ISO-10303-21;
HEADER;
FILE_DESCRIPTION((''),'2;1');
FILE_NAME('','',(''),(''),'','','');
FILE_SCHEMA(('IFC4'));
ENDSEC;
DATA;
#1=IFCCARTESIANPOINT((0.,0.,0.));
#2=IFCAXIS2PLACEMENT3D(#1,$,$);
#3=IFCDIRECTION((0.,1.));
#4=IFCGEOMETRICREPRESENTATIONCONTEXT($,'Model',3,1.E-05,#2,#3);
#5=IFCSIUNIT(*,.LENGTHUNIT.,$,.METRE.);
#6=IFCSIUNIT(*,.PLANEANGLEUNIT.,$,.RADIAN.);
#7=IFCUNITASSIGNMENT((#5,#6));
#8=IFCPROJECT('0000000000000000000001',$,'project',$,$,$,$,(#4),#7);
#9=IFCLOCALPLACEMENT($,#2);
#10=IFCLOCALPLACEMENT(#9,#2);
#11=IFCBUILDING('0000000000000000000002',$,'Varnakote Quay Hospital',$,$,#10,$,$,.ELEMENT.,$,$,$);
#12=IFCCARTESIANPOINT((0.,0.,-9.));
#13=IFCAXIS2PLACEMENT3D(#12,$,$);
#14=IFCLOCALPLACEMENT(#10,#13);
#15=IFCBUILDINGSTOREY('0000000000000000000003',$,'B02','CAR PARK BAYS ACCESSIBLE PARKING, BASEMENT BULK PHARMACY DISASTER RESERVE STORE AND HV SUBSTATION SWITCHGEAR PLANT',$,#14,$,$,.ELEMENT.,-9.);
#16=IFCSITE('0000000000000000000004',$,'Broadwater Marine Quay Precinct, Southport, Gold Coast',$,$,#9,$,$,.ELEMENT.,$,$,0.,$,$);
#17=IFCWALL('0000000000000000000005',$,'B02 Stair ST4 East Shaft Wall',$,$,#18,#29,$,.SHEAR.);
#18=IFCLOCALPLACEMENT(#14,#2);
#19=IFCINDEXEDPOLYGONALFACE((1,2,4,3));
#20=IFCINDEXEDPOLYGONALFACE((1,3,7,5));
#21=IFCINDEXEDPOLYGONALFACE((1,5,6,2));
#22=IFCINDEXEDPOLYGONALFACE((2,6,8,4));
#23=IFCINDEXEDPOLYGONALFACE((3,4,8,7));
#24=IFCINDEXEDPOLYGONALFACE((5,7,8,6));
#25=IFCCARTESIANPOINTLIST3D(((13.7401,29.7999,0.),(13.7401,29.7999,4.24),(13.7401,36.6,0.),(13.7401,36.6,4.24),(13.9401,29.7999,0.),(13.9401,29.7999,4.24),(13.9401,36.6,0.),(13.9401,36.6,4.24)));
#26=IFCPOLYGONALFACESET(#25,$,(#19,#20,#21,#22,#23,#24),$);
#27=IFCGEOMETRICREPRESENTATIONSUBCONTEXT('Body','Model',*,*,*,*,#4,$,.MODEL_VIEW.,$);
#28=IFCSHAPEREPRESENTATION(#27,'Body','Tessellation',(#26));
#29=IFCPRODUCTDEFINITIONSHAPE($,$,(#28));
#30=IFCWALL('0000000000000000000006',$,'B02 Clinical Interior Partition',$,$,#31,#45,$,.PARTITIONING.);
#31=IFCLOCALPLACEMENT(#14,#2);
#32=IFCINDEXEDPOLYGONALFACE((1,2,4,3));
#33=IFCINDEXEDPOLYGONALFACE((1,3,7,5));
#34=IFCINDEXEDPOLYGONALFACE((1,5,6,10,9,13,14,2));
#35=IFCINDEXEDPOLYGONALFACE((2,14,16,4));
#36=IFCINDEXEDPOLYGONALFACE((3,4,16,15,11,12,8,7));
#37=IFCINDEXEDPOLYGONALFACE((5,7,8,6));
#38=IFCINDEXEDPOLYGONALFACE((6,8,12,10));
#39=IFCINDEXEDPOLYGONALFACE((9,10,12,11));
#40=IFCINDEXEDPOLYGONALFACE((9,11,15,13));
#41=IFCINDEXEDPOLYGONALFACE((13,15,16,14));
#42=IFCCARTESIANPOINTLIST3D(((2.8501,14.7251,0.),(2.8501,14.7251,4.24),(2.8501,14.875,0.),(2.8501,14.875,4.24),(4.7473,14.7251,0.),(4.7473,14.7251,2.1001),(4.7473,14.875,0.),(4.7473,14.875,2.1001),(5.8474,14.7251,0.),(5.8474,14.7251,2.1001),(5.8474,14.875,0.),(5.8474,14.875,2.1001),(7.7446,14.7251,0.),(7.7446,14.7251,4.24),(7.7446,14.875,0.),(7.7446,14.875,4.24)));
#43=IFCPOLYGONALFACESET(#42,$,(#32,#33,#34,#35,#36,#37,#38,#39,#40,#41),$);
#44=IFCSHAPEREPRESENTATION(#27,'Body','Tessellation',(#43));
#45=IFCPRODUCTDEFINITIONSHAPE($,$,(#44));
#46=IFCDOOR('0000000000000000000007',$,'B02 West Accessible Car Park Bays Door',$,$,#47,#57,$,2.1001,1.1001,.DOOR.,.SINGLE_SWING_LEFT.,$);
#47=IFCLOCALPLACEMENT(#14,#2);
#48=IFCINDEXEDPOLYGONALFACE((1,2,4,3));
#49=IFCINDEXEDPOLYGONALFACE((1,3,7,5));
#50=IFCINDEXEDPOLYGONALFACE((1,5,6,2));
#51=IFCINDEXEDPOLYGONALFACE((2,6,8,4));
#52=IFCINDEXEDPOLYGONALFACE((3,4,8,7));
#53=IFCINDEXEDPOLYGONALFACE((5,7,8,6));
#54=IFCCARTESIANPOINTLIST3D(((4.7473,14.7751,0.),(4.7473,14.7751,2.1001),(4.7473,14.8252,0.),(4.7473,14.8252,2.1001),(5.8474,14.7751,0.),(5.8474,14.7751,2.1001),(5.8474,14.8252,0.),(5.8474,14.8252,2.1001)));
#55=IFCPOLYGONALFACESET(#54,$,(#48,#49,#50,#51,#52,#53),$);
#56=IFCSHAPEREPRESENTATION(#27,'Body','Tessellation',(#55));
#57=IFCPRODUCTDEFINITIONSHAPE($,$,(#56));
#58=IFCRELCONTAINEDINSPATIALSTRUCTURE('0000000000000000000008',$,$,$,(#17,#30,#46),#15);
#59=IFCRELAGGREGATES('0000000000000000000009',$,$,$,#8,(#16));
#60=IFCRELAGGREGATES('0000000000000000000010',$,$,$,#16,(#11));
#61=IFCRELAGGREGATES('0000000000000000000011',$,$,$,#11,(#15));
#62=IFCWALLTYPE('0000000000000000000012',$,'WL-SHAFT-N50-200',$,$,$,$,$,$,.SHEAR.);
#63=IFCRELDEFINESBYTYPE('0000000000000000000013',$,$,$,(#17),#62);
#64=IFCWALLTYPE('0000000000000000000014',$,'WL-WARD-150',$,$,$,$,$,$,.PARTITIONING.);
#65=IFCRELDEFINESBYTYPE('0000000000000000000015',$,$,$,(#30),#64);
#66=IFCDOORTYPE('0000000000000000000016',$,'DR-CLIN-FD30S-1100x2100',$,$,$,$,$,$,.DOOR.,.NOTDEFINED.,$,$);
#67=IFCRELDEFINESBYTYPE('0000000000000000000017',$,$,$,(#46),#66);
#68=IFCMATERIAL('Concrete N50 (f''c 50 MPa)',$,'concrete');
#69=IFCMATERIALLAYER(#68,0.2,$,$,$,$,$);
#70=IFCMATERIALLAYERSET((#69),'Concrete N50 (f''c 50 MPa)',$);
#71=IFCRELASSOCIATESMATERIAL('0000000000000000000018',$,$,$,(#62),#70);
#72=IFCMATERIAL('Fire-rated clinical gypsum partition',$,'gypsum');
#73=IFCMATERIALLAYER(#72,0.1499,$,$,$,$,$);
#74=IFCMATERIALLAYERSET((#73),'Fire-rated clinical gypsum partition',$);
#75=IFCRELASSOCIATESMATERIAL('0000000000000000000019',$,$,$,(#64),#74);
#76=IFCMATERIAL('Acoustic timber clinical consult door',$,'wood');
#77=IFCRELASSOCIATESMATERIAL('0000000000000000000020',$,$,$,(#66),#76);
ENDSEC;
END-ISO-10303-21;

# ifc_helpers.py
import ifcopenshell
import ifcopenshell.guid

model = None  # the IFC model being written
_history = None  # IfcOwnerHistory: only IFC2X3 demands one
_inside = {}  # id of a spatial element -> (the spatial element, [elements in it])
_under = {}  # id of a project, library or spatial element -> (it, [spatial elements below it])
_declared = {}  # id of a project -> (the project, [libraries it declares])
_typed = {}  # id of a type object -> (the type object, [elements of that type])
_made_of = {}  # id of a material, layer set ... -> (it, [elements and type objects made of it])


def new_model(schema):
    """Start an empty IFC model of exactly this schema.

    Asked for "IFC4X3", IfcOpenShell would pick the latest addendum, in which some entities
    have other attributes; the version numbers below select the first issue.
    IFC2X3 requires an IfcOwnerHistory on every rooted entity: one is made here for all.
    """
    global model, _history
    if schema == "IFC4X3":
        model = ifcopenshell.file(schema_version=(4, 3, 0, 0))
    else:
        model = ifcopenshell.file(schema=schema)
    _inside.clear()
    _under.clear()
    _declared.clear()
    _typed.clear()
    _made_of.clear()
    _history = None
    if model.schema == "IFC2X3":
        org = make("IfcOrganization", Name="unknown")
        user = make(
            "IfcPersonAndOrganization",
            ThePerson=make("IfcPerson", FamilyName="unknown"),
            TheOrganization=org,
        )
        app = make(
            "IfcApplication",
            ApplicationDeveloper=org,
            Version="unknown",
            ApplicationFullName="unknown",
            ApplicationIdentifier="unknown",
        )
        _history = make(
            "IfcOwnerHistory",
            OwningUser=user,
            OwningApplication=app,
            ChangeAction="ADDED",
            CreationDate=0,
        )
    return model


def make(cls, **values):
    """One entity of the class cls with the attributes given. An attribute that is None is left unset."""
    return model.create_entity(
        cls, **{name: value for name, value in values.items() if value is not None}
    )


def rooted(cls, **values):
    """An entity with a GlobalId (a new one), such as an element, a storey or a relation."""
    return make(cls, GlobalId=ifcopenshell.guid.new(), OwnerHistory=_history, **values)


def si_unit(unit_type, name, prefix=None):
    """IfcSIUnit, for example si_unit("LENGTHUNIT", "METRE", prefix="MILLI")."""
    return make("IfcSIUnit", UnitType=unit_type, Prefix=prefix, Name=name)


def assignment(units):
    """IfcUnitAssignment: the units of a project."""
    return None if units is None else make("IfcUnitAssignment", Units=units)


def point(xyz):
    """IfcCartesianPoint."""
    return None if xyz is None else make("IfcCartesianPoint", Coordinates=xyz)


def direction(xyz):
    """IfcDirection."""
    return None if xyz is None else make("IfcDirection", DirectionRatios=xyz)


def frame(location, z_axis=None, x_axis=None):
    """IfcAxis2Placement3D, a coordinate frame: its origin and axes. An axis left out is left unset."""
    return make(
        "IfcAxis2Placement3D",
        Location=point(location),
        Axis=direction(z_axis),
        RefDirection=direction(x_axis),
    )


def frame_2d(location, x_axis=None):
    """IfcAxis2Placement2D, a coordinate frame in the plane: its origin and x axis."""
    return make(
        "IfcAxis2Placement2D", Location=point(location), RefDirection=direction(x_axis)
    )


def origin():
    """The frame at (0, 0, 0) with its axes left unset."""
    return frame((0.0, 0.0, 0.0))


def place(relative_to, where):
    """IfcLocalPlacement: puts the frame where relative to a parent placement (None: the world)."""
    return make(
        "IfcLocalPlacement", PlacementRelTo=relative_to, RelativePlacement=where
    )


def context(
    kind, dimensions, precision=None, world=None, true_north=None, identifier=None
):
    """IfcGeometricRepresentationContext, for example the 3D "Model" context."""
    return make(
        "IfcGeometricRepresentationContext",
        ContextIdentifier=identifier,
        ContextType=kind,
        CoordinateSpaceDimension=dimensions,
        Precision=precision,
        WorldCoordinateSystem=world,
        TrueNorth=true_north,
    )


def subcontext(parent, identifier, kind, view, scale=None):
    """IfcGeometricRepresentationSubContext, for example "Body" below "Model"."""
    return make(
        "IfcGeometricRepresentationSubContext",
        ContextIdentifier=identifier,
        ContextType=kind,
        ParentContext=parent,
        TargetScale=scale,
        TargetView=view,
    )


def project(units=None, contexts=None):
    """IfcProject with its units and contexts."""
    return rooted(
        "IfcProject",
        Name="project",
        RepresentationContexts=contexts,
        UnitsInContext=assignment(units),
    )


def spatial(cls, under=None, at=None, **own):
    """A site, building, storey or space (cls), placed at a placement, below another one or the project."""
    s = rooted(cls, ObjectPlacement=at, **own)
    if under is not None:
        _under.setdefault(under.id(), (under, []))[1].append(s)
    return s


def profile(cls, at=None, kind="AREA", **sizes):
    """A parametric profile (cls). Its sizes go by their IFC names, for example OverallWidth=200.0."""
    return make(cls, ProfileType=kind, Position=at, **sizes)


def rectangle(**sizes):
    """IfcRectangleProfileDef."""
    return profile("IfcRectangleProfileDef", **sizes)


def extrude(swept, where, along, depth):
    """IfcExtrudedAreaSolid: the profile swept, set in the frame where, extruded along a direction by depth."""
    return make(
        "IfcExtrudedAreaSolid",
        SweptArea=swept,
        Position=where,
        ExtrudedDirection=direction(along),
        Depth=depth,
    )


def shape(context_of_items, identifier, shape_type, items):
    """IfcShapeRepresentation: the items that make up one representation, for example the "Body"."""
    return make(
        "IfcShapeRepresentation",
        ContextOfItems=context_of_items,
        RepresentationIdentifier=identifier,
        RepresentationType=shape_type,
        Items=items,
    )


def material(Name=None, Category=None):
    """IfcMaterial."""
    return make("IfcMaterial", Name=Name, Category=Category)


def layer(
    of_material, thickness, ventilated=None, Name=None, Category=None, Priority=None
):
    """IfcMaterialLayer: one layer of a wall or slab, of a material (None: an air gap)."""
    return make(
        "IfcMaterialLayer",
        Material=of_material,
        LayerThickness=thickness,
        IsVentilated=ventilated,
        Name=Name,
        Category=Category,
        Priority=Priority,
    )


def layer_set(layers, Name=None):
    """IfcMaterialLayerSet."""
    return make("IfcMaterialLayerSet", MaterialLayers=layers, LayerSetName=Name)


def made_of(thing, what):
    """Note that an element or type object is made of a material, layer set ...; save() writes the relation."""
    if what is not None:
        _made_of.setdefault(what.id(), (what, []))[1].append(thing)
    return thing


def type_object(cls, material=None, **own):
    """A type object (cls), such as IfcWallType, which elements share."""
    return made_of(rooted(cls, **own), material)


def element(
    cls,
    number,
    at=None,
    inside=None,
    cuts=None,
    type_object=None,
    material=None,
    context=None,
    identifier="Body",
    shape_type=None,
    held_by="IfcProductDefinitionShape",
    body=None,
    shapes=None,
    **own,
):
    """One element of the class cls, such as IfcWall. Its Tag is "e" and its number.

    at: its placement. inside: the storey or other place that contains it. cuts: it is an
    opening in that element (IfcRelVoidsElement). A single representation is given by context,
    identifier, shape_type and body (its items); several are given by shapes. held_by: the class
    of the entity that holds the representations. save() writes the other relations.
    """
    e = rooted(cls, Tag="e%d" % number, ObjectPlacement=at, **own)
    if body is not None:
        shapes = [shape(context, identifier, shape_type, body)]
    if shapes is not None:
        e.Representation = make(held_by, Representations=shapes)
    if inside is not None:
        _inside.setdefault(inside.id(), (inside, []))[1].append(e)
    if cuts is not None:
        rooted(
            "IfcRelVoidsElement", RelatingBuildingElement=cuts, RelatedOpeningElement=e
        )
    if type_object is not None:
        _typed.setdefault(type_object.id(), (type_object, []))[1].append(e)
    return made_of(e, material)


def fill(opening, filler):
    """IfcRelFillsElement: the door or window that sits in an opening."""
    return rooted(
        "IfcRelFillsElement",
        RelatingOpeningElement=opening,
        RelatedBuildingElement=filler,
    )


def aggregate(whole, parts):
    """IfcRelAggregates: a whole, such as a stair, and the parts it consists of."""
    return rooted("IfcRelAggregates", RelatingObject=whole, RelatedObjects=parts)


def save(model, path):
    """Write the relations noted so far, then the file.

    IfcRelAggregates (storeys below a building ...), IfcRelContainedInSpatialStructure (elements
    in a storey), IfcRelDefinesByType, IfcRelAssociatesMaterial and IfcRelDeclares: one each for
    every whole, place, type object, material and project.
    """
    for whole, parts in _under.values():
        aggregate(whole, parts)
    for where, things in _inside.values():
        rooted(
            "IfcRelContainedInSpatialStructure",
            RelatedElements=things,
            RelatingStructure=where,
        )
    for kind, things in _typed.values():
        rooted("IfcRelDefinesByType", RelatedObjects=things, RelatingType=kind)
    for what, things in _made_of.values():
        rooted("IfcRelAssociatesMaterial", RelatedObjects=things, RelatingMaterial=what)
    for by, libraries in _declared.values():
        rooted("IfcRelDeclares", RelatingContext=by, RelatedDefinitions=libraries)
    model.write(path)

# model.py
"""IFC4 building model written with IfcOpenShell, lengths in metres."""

from ifc_helpers import new_model, si_unit, direction, frame, frame_2d, origin, place, context, subcontext, project, spatial, rectangle, extrude, material, layer, layer_set, type_object, element, fill, save


model = new_model("IFC4")

# Units and contexts
model_context = context("Model", 3, precision=1e-05, world=origin(), true_north=direction((0.0, 1.0)))
body_context = subcontext(model_context, "Body", "Model", "MODEL_VIEW")
ifc_project = project(units=[si_unit("LENGTHUNIT", "METRE"), si_unit("PLANEANGLEUNIT", "RADIAN")], contexts=[model_context])

# Site, building, storey
site_placement = place(None, origin())
site = spatial("IfcSite", under=ifc_project, at=site_placement, Name="Broadwater Marine Quay Precinct, Southport, Gold Coast", CompositionType="ELEMENT", RefElevation=0.0)
building_placement = place(site_placement, origin())
building = spatial("IfcBuilding", under=site, at=building_placement, Name="Varnakote Quay Hospital", CompositionType="ELEMENT")
storey_placement = place(building_placement, frame((0.0, 0.0, -9.0)))
storey = spatial("IfcBuildingStorey", under=building, at=storey_placement, Name="B02", Description="CAR PARK BAYS ACCESSIBLE PARKING, BASEMENT BULK PHARMACY DISASTER RESERVE STORE AND HV SUBSTATION SWITCHGEAR PLANT", CompositionType="ELEMENT", Elevation=-9.0)

# Wall
ifc_material_1 = material(Name="Concrete N50 (f'c 50 MPa)", Category="concrete")
ifc_layer_1 = layer(ifc_material_1, 0.2)
ifc_layer_set_1 = layer_set([ifc_layer_1], Name="Concrete N50 (f'c 50 MPa)")
wall_type_1 = type_object("IfcWallType", Name="WL-SHAFT-N50-200", PredefinedType="SHEAR", material=ifc_layer_set_1)
for number, where, z_axis, x_axis, name in (
    (1, (13.8401, 29.8, 0.0), (0.0, 0.0, 1.0), (0.0, 1.0, 0.0), "B02 Stair ST4 East Shaft Wall"),
):
    element("IfcWall", number, at=place(storey_placement, frame(where, z_axis=z_axis, x_axis=x_axis)), inside=storey, type_object=wall_type_1, Name=name, PredefinedType="SHEAR", context=body_context, shape_type="SweptSolid", body=[
        extrude(rectangle(XDim=6.8, YDim=0.2, at=frame_2d((3.3999, 0.0))), origin(), (0.0, 0.0, 1.0), 4.24),
    ])

# Wall, opening, door
ifc_material_2 = material(Name="Fire-rated clinical gypsum partition", Category="gypsum")
ifc_layer_2 = layer(ifc_material_2, 0.1499)
ifc_layer_set_2 = layer_set([ifc_layer_2], Name="Fire-rated clinical gypsum partition")
wall_type_2 = type_object("IfcWallType", Name="WL-WARD-150", PredefinedType="PARTITIONING", material=ifc_layer_set_2)
wall_1_placement = place(storey_placement, frame((7.7446, 14.8, 0.0), z_axis=(0.0, 0.0, 1.0), x_axis=(-1.0, 0.0, 0.0)))
wall_1 = element("IfcWall", 2, at=wall_1_placement, inside=storey, type_object=wall_type_2, Name="B02 Clinical Interior Partition", PredefinedType="PARTITIONING", context=body_context, shape_type="SweptSolid", body=[
    extrude(rectangle(XDim=4.8945, YDim=0.1499, at=frame_2d((2.4473, 0.0))), origin(), (0.0, 0.0, 1.0), 4.24),
])
opening_placement = place(wall_1_placement, frame((1.8972, 0.0, 0.0)))
opening = element("IfcOpeningElement", 3, at=opening_placement, cuts=wall_1, PredefinedType="OPENING", context=body_context, shape_type="SweptSolid", body=[
    extrude(rectangle(XDim=1.1001, YDim=2.1001, at=frame_2d((0.55, 1.05))), frame((0.0, 0.085, 0.0), z_axis=(0.0, -1.0, 0.0), x_axis=(1.0, 0.0, 0.0)), (0.0, 0.0, 1.0), 0.1699),
])
ifc_material_3 = material(Name="Acoustic timber clinical consult door", Category="wood")
door_type = type_object("IfcDoorType", Name="DR-CLIN-FD30S-1100x2100", OperationType="NOTDEFINED", PredefinedType="DOOR", material=ifc_material_3)
door_placement = place(opening_placement, origin())
door = element("IfcDoor", 4, at=door_placement, inside=storey, type_object=door_type, Name="B02 West Accessible Car Park Bays Door", OperationType="SINGLE_SWING_LEFT", OverallHeight=2.1001, OverallWidth=1.1001, PredefinedType="DOOR", context=body_context, shape_type="SweptSolid", body=[
    extrude(rectangle(XDim=1.1001, YDim=2.1001, at=frame_2d((0.55, 1.05))), frame((0.0, 0.0249, 0.0), z_axis=(0.0, -1.0, 0.0), x_axis=(1.0, 0.0, 0.0)), (0.0, 0.0, 1.0), 0.05),
])
fill(opening, door)

save(model, "model.ifc")
